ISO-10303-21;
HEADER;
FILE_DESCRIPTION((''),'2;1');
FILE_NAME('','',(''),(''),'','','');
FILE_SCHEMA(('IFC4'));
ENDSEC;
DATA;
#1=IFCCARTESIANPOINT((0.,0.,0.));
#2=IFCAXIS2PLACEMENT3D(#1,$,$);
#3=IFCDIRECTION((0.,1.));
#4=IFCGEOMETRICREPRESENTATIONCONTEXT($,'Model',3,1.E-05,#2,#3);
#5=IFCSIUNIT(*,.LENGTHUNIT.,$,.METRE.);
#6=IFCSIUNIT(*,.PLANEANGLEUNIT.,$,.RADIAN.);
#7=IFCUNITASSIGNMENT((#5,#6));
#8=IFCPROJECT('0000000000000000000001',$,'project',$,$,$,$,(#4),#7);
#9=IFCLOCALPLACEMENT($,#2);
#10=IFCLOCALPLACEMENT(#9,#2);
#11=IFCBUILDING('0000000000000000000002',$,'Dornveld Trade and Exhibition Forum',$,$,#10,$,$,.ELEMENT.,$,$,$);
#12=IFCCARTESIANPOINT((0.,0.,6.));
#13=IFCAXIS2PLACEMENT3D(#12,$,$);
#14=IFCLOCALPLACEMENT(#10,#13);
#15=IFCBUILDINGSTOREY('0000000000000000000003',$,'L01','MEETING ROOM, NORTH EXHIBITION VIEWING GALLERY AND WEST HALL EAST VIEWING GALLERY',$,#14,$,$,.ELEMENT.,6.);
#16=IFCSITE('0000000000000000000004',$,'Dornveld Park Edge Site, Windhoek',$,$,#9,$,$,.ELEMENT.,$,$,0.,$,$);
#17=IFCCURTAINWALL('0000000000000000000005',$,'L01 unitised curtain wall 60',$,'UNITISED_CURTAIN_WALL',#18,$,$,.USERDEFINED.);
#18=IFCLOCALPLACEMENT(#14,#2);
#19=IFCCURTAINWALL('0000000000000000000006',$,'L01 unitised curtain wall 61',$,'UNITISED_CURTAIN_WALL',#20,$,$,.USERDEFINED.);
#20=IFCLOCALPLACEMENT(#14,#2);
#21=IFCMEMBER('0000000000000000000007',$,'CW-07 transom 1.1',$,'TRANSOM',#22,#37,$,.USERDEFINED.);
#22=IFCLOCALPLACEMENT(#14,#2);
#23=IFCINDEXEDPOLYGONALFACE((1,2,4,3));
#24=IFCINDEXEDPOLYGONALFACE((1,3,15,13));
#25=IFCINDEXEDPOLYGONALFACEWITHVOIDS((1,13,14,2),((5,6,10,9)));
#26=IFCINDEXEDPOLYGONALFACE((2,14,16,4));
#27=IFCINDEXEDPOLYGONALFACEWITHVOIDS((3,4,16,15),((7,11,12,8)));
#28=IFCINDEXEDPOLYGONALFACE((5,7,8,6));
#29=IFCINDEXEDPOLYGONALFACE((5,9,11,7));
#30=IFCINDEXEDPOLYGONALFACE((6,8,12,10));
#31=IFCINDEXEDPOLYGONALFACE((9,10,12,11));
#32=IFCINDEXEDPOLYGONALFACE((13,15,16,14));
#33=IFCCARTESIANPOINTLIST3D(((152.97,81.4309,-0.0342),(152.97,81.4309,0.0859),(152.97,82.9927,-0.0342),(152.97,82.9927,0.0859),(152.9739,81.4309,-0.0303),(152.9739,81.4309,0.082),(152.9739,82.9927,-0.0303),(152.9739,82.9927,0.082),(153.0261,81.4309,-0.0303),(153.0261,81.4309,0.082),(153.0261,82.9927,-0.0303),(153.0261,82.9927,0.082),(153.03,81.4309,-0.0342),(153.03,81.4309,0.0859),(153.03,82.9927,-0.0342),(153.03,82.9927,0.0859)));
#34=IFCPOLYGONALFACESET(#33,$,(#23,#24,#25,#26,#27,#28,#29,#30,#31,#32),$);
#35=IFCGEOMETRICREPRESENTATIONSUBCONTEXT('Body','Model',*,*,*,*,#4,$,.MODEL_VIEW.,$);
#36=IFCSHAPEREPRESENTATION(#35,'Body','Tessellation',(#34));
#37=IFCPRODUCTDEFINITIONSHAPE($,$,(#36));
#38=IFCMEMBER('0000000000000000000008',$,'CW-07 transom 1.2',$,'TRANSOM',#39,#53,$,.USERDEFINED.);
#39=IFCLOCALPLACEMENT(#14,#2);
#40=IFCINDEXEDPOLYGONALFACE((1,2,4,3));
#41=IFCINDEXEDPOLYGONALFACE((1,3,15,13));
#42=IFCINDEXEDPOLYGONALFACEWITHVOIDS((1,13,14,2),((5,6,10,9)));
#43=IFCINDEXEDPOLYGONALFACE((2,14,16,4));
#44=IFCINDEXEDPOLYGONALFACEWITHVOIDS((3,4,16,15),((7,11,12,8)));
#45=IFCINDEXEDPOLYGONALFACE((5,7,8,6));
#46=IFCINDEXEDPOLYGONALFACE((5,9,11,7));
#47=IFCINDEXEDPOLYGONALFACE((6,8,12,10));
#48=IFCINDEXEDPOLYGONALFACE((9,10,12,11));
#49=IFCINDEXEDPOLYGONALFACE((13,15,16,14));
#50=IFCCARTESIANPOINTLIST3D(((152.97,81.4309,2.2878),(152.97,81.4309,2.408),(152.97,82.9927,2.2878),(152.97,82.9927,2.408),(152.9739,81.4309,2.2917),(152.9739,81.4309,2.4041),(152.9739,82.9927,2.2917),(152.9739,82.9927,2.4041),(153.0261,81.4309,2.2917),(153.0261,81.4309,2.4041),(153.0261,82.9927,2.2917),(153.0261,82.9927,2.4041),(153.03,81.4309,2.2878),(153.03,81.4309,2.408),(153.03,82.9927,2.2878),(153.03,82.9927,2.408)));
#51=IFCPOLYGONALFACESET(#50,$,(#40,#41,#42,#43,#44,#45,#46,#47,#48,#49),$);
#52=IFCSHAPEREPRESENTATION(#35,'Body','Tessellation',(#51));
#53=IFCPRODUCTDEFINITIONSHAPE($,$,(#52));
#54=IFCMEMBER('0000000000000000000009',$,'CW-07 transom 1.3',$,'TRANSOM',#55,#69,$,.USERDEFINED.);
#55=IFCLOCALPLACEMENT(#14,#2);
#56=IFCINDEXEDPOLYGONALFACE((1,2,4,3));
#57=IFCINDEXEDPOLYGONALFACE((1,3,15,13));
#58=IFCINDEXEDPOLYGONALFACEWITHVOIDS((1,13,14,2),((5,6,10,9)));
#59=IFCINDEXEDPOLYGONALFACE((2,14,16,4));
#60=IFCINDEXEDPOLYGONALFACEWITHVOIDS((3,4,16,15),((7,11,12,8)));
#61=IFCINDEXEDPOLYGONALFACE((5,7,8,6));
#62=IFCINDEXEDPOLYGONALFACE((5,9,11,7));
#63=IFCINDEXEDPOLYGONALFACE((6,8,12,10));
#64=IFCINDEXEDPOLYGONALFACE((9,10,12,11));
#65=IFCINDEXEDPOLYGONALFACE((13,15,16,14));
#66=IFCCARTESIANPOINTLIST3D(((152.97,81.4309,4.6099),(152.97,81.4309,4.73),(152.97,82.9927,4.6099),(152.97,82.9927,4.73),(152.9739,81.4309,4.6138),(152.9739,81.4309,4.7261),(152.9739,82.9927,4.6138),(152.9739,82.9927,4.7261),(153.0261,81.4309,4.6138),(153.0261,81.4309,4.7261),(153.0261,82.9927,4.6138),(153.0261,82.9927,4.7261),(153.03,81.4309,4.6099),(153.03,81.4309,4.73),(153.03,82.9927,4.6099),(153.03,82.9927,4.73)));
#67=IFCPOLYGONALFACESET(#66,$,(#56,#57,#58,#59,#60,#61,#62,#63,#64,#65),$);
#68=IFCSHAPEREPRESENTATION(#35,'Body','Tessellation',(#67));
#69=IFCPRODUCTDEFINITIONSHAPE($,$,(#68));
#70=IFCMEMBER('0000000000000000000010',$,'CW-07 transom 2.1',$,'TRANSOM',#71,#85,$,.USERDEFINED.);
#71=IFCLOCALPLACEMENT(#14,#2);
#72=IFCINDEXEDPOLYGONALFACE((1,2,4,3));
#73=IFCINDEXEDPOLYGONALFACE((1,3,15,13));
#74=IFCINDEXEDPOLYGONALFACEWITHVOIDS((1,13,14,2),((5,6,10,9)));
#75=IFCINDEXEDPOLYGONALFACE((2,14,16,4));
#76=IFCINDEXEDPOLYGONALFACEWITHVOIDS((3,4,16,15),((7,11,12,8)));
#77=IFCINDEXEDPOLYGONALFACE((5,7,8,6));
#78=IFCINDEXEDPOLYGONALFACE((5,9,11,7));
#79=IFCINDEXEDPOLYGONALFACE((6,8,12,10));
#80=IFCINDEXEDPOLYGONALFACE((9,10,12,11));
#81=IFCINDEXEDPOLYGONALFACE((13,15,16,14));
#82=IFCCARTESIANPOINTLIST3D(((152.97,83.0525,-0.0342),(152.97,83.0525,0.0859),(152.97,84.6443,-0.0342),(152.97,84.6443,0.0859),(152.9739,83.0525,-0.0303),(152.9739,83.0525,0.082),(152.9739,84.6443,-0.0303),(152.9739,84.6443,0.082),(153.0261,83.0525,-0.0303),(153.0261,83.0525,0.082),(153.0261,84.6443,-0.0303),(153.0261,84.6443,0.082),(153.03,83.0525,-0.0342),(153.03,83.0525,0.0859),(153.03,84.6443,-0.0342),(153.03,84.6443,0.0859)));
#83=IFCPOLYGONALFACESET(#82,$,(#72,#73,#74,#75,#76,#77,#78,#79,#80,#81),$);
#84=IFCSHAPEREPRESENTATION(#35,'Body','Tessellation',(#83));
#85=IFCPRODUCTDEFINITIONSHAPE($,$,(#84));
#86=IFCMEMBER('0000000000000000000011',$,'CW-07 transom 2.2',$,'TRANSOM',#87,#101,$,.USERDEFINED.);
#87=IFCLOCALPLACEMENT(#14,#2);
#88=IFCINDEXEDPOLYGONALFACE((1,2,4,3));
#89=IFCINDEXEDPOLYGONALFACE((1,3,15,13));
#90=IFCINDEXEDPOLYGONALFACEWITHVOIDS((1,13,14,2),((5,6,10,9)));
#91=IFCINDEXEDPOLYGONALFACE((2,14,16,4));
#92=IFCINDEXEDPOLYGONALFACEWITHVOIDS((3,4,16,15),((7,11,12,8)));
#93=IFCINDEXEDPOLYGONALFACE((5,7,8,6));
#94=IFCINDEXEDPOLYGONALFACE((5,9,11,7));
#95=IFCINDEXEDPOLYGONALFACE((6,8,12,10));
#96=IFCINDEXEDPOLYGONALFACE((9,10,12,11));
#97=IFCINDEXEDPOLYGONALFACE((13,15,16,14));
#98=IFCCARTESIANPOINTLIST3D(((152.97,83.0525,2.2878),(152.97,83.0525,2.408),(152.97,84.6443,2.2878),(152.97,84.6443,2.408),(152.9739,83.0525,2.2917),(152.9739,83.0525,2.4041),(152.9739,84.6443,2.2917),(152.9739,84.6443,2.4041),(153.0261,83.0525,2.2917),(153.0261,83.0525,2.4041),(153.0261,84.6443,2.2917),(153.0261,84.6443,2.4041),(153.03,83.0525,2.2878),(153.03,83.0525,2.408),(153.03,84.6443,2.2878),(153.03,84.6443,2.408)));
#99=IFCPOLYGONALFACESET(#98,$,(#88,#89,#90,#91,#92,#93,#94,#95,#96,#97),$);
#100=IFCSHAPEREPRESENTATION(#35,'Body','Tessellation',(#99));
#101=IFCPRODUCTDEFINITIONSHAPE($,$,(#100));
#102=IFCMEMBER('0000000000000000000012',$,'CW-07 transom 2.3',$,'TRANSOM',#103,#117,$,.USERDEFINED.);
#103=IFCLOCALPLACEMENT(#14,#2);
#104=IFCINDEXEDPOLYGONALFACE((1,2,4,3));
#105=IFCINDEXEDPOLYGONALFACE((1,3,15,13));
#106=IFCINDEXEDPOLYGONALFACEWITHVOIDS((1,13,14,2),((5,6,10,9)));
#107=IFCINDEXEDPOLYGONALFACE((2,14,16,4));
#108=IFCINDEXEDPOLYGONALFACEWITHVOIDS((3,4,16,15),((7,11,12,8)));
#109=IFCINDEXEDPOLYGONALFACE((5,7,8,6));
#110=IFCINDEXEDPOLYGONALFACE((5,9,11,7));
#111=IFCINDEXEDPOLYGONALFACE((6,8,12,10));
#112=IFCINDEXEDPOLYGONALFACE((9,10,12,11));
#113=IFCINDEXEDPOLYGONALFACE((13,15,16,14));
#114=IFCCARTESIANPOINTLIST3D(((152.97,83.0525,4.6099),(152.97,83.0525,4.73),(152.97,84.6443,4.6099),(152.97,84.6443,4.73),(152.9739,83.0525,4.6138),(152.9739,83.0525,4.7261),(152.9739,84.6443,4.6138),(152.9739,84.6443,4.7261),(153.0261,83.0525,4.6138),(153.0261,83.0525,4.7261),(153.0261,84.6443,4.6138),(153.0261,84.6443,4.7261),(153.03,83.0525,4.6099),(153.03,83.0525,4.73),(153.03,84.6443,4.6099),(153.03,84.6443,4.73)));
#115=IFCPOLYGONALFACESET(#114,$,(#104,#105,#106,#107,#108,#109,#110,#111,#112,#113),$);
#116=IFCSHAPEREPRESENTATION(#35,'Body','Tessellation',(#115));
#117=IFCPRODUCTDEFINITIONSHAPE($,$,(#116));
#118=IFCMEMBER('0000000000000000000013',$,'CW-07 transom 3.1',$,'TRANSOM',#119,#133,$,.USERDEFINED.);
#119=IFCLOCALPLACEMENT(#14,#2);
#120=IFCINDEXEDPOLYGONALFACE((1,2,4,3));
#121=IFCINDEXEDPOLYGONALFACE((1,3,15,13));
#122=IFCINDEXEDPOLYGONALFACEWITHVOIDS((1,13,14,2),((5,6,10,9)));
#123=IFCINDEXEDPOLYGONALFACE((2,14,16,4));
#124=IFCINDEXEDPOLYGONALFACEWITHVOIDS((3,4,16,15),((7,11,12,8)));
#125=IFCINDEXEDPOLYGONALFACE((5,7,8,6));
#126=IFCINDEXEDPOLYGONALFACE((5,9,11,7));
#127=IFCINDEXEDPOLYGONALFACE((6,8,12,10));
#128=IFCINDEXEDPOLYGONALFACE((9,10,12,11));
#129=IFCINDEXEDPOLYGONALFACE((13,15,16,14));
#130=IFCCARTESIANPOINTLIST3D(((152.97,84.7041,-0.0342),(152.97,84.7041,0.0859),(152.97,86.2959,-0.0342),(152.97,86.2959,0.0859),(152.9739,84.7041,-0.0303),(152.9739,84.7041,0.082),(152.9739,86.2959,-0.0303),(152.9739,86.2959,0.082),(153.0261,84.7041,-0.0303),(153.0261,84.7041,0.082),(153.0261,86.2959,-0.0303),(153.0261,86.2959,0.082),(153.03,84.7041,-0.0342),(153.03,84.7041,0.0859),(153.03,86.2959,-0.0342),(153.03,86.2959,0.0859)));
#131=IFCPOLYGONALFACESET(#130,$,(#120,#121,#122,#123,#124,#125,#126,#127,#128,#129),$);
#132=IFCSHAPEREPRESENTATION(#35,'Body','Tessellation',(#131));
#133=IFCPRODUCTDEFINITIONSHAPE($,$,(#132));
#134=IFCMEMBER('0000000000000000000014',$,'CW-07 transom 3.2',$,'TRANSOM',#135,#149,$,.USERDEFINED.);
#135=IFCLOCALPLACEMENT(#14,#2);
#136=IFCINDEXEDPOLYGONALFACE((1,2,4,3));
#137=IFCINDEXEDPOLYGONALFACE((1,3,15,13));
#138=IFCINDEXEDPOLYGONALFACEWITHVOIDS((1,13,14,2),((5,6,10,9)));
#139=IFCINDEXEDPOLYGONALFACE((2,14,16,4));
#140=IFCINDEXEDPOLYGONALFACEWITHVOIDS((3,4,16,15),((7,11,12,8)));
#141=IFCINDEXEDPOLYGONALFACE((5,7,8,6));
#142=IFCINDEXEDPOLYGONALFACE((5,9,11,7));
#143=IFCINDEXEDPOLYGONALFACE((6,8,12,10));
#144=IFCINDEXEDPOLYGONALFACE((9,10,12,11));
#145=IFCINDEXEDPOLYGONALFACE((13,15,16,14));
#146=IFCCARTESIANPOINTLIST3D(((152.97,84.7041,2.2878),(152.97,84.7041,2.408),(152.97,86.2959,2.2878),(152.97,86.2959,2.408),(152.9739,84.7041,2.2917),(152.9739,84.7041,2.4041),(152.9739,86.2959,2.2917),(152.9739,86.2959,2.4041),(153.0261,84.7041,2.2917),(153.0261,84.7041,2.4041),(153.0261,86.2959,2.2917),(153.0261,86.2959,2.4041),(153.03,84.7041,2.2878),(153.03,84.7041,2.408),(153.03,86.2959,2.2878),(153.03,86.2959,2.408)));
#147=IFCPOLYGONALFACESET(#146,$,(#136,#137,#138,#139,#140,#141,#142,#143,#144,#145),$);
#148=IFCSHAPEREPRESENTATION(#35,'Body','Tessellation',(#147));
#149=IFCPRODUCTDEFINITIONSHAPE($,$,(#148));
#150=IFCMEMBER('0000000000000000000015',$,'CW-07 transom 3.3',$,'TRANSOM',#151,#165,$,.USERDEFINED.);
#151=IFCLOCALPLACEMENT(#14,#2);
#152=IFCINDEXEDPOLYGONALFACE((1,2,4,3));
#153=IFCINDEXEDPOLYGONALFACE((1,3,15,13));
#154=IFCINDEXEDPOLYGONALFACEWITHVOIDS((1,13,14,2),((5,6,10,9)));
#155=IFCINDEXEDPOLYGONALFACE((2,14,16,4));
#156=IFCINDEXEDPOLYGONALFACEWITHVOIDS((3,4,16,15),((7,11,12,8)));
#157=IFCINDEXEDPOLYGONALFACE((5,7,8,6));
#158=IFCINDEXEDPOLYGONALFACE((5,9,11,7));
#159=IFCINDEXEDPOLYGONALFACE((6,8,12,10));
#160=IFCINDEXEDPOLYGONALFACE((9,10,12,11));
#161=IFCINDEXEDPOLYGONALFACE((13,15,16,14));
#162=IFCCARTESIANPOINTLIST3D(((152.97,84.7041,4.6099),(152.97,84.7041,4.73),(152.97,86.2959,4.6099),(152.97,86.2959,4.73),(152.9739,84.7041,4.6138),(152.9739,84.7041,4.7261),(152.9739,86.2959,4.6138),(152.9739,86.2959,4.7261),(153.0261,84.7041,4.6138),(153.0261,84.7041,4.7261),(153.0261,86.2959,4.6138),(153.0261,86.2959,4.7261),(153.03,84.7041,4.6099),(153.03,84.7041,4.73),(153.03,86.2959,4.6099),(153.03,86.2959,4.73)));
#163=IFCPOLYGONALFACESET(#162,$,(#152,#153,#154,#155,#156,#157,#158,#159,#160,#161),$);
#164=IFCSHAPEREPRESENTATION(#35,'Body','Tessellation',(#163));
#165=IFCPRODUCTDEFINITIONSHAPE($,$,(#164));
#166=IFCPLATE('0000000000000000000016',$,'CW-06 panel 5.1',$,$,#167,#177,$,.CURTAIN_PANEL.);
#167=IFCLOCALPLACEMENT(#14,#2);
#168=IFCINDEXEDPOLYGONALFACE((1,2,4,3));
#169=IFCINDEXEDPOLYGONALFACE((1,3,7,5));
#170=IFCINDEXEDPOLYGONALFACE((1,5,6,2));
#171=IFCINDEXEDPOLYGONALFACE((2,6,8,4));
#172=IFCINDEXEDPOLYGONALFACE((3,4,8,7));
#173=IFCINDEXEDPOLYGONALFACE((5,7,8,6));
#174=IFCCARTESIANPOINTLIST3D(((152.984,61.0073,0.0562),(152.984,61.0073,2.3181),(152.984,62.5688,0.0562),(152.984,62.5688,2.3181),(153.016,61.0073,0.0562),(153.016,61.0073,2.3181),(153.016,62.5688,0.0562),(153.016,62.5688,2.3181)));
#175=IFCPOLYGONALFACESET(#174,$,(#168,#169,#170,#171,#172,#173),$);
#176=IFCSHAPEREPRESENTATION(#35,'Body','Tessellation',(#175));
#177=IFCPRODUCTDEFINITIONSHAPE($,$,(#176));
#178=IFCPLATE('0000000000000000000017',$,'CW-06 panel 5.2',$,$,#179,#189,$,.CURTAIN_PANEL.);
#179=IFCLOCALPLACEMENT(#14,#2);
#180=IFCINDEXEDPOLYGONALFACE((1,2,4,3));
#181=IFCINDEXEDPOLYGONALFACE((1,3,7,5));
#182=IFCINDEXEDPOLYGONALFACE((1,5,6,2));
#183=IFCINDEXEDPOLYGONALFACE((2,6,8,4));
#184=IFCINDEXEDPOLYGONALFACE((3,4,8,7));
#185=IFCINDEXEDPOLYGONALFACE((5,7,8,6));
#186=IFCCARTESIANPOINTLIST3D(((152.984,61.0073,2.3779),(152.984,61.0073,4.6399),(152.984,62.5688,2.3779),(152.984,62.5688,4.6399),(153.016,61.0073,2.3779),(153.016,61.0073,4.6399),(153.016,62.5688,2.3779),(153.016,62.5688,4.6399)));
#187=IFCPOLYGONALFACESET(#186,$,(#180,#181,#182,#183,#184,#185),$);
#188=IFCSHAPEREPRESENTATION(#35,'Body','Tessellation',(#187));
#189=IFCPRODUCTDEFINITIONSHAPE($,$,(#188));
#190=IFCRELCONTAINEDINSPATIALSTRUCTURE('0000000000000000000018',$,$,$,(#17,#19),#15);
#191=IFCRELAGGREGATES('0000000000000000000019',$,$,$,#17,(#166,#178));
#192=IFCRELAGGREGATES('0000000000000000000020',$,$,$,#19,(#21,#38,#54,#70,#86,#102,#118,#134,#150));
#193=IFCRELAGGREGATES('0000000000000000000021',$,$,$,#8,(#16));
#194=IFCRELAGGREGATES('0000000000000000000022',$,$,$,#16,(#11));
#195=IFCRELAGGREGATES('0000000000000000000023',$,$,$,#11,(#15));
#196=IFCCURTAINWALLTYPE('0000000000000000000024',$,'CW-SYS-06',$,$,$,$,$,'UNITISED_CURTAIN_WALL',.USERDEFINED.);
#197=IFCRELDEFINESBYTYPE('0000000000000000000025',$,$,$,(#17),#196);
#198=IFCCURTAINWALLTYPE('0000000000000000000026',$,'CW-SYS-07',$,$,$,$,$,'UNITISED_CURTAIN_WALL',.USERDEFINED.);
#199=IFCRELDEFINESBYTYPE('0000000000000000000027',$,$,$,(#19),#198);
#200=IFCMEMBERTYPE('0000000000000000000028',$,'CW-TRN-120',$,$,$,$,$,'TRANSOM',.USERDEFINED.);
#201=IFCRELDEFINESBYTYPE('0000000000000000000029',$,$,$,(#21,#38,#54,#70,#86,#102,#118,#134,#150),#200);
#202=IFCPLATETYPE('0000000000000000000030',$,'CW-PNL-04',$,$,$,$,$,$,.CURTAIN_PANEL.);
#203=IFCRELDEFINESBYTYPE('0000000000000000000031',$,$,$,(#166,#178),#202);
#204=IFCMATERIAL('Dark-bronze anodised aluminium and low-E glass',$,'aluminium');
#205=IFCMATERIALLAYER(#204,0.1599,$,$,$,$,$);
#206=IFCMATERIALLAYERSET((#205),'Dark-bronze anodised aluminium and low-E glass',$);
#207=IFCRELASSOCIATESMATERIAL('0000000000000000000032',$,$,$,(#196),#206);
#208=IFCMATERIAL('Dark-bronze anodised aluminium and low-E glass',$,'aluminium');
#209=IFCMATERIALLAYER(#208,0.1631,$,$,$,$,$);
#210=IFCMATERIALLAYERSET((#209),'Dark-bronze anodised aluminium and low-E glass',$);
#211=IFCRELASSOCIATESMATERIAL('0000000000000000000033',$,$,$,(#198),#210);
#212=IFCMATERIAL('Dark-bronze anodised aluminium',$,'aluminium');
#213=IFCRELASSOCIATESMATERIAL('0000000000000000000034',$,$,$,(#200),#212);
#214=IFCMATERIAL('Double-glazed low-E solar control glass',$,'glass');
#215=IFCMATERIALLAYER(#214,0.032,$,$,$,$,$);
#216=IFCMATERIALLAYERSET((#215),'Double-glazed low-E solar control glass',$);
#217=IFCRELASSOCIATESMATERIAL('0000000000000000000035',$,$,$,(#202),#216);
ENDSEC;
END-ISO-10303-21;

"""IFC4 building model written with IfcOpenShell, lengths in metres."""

from ifc_helpers import new_model, si_unit, direction, frame, origin, origin_2d, place, context, subcontext, project, spatial, rectangle, hollow_rectangle, extrude, material, layer, layer_set, material_profile, profile_set, type_object, element, aggregate, save


model = new_model("IFC4")

# Units and contexts
model_context = context("Model", 3, precision=1e-05, world=origin(), true_north=direction((0.0, 1.0)))
body_context = subcontext(model_context, "Body", "Model", "MODEL_VIEW")
ifc_project = project(units=[si_unit("LENGTHUNIT", "METRE"), si_unit("PLANEANGLEUNIT", "RADIAN")], contexts=[model_context])

# Site, building, storey
site_placement = place(None, origin())
site = spatial("IfcSite", under=ifc_project, at=site_placement, Name="Dornveld Park Edge Site, Windhoek", CompositionType="ELEMENT", RefElevation=0.0)
building_placement = place(site_placement, origin())
building = spatial("IfcBuilding", under=site, at=building_placement, Name="Dornveld Trade and Exhibition Forum", CompositionType="ELEMENT")
storey_placement = place(building_placement, frame((0.0, 0.0, 6.0)))
storey = spatial("IfcBuildingStorey", under=building, at=storey_placement, Name="L01", Description="MEETING ROOM, NORTH EXHIBITION VIEWING GALLERY AND WEST HALL EAST VIEWING GALLERY", CompositionType="ELEMENT", Elevation=6.0)

# Curtain wall
ifc_material_1 = material(Name="Dark-bronze anodised aluminium and low-E glass", Category="aluminium")
ifc_layer_1 = layer(ifc_material_1, 0.1599)
ifc_layer_set_1 = layer_set([ifc_layer_1], Name="Dark-bronze anodised aluminium and low-E glass")
curtain_wall_type_1 = type_object("IfcCurtainWallType", Name="CW-SYS-06", ElementType="UNITISED_CURTAIN_WALL", PredefinedType="USERDEFINED", material=ifc_layer_set_1)
curtain_wall_1_placement = place(storey_placement, origin())
curtain_wall_1 = element("IfcCurtainWall", 1, at=curtain_wall_1_placement, inside=storey, type_object=curtain_wall_type_1, Name="L01 unitised curtain wall 60", ObjectType="UNITISED_CURTAIN_WALL", PredefinedType="USERDEFINED")

# Curtain wall
ifc_material_2 = material(Name="Dark-bronze anodised aluminium and low-E glass", Category="aluminium")
ifc_layer_2 = layer(ifc_material_2, 0.1631)
ifc_layer_set_2 = layer_set([ifc_layer_2], Name="Dark-bronze anodised aluminium and low-E glass")
curtain_wall_type_2 = type_object("IfcCurtainWallType", Name="CW-SYS-07", ElementType="UNITISED_CURTAIN_WALL", PredefinedType="USERDEFINED", material=ifc_layer_set_2)
curtain_wall_2_placement = place(storey_placement, origin())
curtain_wall_2 = element("IfcCurtainWall", 2, at=curtain_wall_2_placement, inside=storey, type_object=curtain_wall_type_2, Name="L01 unitised curtain wall 61", ObjectType="UNITISED_CURTAIN_WALL", PredefinedType="USERDEFINED")

# Members
ifc_material_3 = material(Name="Dark-bronze anodised aluminium", Category="aluminium")
ifc_material_profile_1 = material_profile(ifc_material_3, hollow_rectangle(XDim=0.0601, YDim=0.1201, WallThickness=0.0039, at=origin_2d()), Name="RHS 120x60x4")
ifc_profile_set_1 = profile_set([ifc_material_profile_1], Name="Dark-bronze anodised aluminium")
member_type_1 = type_object("IfcMemberType", Name="CW-TRN-120", ElementType="TRANSOM", PredefinedType="USERDEFINED", material=ifc_profile_set_1)
member_1_placement = place(storey_placement, frame((153.0, 81.4309, 0.0259), z_axis=(0.0, 1.0, 0.0), x_axis=(-1.0, 0.0, 0.0)))
member_1 = element("IfcMember", 3, at=member_1_placement, type_object=member_type_1, Name="CW-07 transom 1.1", ObjectType="TRANSOM", PredefinedType="USERDEFINED", context=body_context, shape_type="SweptSolid", body=[
    extrude(hollow_rectangle(XDim=0.0601, YDim=0.1201, WallThickness=0.0039, at=origin_2d()), origin(), (0.0, 0.0, 1.0), 1.5618),
])
member_2_placement = place(storey_placement, frame((153.0, 81.4309, 2.3479), z_axis=(0.0, 1.0, 0.0), x_axis=(-1.0, 0.0, 0.0)))
member_2 = element("IfcMember", 4, at=member_2_placement, type_object=member_type_1, Name="CW-07 transom 1.2", ObjectType="TRANSOM", PredefinedType="USERDEFINED", context=body_context, shape_type="SweptSolid", body=[
    extrude(hollow_rectangle(XDim=0.0601, YDim=0.1201, WallThickness=0.0039, at=origin_2d()), origin(), (0.0, 0.0, 1.0), 1.5618),
])
member_3_placement = place(storey_placement, frame((153.0, 81.4309, 4.6699), z_axis=(0.0, 1.0, 0.0), x_axis=(-1.0, 0.0, 0.0)))
member_3 = element("IfcMember", 5, at=member_3_placement, type_object=member_type_1, Name="CW-07 transom 1.3", ObjectType="TRANSOM", PredefinedType="USERDEFINED", context=body_context, shape_type="SweptSolid", body=[
    extrude(hollow_rectangle(XDim=0.0601, YDim=0.1201, WallThickness=0.0039, at=origin_2d()), origin(), (0.0, 0.0, 1.0), 1.5618),
])
member_4_placement = place(storey_placement, frame((153.0, 83.0525, 0.0259), z_axis=(0.0, 1.0, 0.0), x_axis=(-1.0, 0.0, 0.0)))
member_4 = element("IfcMember", 6, at=member_4_placement, type_object=member_type_1, Name="CW-07 transom 2.1", ObjectType="TRANSOM", PredefinedType="USERDEFINED", context=body_context, shape_type="SweptSolid", body=[
    extrude(hollow_rectangle(XDim=0.0601, YDim=0.1201, WallThickness=0.0039, at=origin_2d()), origin(), (0.0, 0.0, 1.0), 1.5918),
])
member_5_placement = place(storey_placement, frame((153.0, 83.0525, 2.3479), z_axis=(0.0, 1.0, 0.0), x_axis=(-1.0, 0.0, 0.0)))
member_5 = element("IfcMember", 7, at=member_5_placement, type_object=member_type_1, Name="CW-07 transom 2.2", ObjectType="TRANSOM", PredefinedType="USERDEFINED", context=body_context, shape_type="SweptSolid", body=[
    extrude(hollow_rectangle(XDim=0.0601, YDim=0.1201, WallThickness=0.0039, at=origin_2d()), origin(), (0.0, 0.0, 1.0), 1.5918),
])
member_6_placement = place(storey_placement, frame((153.0, 83.0525, 4.6699), z_axis=(0.0, 1.0, 0.0), x_axis=(-1.0, 0.0, 0.0)))
member_6 = element("IfcMember", 8, at=member_6_placement, type_object=member_type_1, Name="CW-07 transom 2.3", ObjectType="TRANSOM", PredefinedType="USERDEFINED", context=body_context, shape_type="SweptSolid", body=[
    extrude(hollow_rectangle(XDim=0.0601, YDim=0.1201, WallThickness=0.0039, at=origin_2d()), origin(), (0.0, 0.0, 1.0), 1.5918),
])
member_7_placement = place(storey_placement, frame((153.0, 84.7041, 0.0259), z_axis=(0.0, 1.0, 0.0), x_axis=(-1.0, 0.0, 0.0)))
member_7 = element("IfcMember", 9, at=member_7_placement, type_object=member_type_1, Name="CW-07 transom 3.1", ObjectType="TRANSOM", PredefinedType="USERDEFINED", context=body_context, shape_type="SweptSolid", body=[
    extrude(hollow_rectangle(XDim=0.0601, YDim=0.1201, WallThickness=0.0039, at=origin_2d()), origin(), (0.0, 0.0, 1.0), 1.5918),
])
member_8_placement = place(storey_placement, frame((153.0, 84.7041, 2.3479), z_axis=(0.0, 1.0, 0.0), x_axis=(-1.0, 0.0, 0.0)))
member_8 = element("IfcMember", 10, at=member_8_placement, type_object=member_type_1, Name="CW-07 transom 3.2", ObjectType="TRANSOM", PredefinedType="USERDEFINED", context=body_context, shape_type="SweptSolid", body=[
    extrude(hollow_rectangle(XDim=0.0601, YDim=0.1201, WallThickness=0.0039, at=origin_2d()), origin(), (0.0, 0.0, 1.0), 1.5918),
])
member_9_placement = place(storey_placement, frame((153.0, 84.7041, 4.6699), z_axis=(0.0, 1.0, 0.0), x_axis=(-1.0, 0.0, 0.0)))
member_9 = element("IfcMember", 11, at=member_9_placement, type_object=member_type_1, Name="CW-07 transom 3.3", ObjectType="TRANSOM", PredefinedType="USERDEFINED", context=body_context, shape_type="SweptSolid", body=[
    extrude(hollow_rectangle(XDim=0.0601, YDim=0.1201, WallThickness=0.0039, at=origin_2d()), origin(), (0.0, 0.0, 1.0), 1.5918),
])

# Plates
ifc_material_4 = material(Name="Double-glazed low-E solar control glass", Category="glass")
ifc_layer_3 = layer(ifc_material_4, 0.032)
ifc_layer_set_3 = layer_set([ifc_layer_3], Name="Double-glazed low-E solar control glass")
plate_type_1 = type_object("IfcPlateType", Name="CW-PNL-04", PredefinedType="CURTAIN_PANEL", material=ifc_layer_set_3)
plate_1_placement = place(storey_placement, frame((153.0, 61.7881, 0.0562), z_axis=(0.0, 0.0, 1.0), x_axis=(0.0, 1.0, 0.0)))
plate_1 = element("IfcPlate", 12, at=plate_1_placement, type_object=plate_type_1, Name="CW-06 panel 5.1", PredefinedType="CURTAIN_PANEL", context=body_context, shape_type="SweptSolid", body=[
    extrude(rectangle(XDim=1.5615, YDim=0.032, at=origin_2d()), origin(), (0.0, 0.0, 1.0), 2.262),
])
plate_2_placement = place(storey_placement, frame((153.0, 61.7881, 2.3779), z_axis=(0.0, 0.0, 1.0), x_axis=(0.0, 1.0, 0.0)))
plate_2 = element("IfcPlate", 13, at=plate_2_placement, type_object=plate_type_1, Name="CW-06 panel 5.2", PredefinedType="CURTAIN_PANEL", context=body_context, shape_type="SweptSolid", body=[
    extrude(rectangle(XDim=1.5615, YDim=0.032, at=origin_2d()), origin(), (0.0, 0.0, 1.0), 2.262),
])
aggregate(curtain_wall_1, [plate_1, plate_2])
aggregate(curtain_wall_2, [member_1, member_2, member_3, member_4, member_5, member_6, member_7, member_8, member_9])

save(model, "model.ifc")
